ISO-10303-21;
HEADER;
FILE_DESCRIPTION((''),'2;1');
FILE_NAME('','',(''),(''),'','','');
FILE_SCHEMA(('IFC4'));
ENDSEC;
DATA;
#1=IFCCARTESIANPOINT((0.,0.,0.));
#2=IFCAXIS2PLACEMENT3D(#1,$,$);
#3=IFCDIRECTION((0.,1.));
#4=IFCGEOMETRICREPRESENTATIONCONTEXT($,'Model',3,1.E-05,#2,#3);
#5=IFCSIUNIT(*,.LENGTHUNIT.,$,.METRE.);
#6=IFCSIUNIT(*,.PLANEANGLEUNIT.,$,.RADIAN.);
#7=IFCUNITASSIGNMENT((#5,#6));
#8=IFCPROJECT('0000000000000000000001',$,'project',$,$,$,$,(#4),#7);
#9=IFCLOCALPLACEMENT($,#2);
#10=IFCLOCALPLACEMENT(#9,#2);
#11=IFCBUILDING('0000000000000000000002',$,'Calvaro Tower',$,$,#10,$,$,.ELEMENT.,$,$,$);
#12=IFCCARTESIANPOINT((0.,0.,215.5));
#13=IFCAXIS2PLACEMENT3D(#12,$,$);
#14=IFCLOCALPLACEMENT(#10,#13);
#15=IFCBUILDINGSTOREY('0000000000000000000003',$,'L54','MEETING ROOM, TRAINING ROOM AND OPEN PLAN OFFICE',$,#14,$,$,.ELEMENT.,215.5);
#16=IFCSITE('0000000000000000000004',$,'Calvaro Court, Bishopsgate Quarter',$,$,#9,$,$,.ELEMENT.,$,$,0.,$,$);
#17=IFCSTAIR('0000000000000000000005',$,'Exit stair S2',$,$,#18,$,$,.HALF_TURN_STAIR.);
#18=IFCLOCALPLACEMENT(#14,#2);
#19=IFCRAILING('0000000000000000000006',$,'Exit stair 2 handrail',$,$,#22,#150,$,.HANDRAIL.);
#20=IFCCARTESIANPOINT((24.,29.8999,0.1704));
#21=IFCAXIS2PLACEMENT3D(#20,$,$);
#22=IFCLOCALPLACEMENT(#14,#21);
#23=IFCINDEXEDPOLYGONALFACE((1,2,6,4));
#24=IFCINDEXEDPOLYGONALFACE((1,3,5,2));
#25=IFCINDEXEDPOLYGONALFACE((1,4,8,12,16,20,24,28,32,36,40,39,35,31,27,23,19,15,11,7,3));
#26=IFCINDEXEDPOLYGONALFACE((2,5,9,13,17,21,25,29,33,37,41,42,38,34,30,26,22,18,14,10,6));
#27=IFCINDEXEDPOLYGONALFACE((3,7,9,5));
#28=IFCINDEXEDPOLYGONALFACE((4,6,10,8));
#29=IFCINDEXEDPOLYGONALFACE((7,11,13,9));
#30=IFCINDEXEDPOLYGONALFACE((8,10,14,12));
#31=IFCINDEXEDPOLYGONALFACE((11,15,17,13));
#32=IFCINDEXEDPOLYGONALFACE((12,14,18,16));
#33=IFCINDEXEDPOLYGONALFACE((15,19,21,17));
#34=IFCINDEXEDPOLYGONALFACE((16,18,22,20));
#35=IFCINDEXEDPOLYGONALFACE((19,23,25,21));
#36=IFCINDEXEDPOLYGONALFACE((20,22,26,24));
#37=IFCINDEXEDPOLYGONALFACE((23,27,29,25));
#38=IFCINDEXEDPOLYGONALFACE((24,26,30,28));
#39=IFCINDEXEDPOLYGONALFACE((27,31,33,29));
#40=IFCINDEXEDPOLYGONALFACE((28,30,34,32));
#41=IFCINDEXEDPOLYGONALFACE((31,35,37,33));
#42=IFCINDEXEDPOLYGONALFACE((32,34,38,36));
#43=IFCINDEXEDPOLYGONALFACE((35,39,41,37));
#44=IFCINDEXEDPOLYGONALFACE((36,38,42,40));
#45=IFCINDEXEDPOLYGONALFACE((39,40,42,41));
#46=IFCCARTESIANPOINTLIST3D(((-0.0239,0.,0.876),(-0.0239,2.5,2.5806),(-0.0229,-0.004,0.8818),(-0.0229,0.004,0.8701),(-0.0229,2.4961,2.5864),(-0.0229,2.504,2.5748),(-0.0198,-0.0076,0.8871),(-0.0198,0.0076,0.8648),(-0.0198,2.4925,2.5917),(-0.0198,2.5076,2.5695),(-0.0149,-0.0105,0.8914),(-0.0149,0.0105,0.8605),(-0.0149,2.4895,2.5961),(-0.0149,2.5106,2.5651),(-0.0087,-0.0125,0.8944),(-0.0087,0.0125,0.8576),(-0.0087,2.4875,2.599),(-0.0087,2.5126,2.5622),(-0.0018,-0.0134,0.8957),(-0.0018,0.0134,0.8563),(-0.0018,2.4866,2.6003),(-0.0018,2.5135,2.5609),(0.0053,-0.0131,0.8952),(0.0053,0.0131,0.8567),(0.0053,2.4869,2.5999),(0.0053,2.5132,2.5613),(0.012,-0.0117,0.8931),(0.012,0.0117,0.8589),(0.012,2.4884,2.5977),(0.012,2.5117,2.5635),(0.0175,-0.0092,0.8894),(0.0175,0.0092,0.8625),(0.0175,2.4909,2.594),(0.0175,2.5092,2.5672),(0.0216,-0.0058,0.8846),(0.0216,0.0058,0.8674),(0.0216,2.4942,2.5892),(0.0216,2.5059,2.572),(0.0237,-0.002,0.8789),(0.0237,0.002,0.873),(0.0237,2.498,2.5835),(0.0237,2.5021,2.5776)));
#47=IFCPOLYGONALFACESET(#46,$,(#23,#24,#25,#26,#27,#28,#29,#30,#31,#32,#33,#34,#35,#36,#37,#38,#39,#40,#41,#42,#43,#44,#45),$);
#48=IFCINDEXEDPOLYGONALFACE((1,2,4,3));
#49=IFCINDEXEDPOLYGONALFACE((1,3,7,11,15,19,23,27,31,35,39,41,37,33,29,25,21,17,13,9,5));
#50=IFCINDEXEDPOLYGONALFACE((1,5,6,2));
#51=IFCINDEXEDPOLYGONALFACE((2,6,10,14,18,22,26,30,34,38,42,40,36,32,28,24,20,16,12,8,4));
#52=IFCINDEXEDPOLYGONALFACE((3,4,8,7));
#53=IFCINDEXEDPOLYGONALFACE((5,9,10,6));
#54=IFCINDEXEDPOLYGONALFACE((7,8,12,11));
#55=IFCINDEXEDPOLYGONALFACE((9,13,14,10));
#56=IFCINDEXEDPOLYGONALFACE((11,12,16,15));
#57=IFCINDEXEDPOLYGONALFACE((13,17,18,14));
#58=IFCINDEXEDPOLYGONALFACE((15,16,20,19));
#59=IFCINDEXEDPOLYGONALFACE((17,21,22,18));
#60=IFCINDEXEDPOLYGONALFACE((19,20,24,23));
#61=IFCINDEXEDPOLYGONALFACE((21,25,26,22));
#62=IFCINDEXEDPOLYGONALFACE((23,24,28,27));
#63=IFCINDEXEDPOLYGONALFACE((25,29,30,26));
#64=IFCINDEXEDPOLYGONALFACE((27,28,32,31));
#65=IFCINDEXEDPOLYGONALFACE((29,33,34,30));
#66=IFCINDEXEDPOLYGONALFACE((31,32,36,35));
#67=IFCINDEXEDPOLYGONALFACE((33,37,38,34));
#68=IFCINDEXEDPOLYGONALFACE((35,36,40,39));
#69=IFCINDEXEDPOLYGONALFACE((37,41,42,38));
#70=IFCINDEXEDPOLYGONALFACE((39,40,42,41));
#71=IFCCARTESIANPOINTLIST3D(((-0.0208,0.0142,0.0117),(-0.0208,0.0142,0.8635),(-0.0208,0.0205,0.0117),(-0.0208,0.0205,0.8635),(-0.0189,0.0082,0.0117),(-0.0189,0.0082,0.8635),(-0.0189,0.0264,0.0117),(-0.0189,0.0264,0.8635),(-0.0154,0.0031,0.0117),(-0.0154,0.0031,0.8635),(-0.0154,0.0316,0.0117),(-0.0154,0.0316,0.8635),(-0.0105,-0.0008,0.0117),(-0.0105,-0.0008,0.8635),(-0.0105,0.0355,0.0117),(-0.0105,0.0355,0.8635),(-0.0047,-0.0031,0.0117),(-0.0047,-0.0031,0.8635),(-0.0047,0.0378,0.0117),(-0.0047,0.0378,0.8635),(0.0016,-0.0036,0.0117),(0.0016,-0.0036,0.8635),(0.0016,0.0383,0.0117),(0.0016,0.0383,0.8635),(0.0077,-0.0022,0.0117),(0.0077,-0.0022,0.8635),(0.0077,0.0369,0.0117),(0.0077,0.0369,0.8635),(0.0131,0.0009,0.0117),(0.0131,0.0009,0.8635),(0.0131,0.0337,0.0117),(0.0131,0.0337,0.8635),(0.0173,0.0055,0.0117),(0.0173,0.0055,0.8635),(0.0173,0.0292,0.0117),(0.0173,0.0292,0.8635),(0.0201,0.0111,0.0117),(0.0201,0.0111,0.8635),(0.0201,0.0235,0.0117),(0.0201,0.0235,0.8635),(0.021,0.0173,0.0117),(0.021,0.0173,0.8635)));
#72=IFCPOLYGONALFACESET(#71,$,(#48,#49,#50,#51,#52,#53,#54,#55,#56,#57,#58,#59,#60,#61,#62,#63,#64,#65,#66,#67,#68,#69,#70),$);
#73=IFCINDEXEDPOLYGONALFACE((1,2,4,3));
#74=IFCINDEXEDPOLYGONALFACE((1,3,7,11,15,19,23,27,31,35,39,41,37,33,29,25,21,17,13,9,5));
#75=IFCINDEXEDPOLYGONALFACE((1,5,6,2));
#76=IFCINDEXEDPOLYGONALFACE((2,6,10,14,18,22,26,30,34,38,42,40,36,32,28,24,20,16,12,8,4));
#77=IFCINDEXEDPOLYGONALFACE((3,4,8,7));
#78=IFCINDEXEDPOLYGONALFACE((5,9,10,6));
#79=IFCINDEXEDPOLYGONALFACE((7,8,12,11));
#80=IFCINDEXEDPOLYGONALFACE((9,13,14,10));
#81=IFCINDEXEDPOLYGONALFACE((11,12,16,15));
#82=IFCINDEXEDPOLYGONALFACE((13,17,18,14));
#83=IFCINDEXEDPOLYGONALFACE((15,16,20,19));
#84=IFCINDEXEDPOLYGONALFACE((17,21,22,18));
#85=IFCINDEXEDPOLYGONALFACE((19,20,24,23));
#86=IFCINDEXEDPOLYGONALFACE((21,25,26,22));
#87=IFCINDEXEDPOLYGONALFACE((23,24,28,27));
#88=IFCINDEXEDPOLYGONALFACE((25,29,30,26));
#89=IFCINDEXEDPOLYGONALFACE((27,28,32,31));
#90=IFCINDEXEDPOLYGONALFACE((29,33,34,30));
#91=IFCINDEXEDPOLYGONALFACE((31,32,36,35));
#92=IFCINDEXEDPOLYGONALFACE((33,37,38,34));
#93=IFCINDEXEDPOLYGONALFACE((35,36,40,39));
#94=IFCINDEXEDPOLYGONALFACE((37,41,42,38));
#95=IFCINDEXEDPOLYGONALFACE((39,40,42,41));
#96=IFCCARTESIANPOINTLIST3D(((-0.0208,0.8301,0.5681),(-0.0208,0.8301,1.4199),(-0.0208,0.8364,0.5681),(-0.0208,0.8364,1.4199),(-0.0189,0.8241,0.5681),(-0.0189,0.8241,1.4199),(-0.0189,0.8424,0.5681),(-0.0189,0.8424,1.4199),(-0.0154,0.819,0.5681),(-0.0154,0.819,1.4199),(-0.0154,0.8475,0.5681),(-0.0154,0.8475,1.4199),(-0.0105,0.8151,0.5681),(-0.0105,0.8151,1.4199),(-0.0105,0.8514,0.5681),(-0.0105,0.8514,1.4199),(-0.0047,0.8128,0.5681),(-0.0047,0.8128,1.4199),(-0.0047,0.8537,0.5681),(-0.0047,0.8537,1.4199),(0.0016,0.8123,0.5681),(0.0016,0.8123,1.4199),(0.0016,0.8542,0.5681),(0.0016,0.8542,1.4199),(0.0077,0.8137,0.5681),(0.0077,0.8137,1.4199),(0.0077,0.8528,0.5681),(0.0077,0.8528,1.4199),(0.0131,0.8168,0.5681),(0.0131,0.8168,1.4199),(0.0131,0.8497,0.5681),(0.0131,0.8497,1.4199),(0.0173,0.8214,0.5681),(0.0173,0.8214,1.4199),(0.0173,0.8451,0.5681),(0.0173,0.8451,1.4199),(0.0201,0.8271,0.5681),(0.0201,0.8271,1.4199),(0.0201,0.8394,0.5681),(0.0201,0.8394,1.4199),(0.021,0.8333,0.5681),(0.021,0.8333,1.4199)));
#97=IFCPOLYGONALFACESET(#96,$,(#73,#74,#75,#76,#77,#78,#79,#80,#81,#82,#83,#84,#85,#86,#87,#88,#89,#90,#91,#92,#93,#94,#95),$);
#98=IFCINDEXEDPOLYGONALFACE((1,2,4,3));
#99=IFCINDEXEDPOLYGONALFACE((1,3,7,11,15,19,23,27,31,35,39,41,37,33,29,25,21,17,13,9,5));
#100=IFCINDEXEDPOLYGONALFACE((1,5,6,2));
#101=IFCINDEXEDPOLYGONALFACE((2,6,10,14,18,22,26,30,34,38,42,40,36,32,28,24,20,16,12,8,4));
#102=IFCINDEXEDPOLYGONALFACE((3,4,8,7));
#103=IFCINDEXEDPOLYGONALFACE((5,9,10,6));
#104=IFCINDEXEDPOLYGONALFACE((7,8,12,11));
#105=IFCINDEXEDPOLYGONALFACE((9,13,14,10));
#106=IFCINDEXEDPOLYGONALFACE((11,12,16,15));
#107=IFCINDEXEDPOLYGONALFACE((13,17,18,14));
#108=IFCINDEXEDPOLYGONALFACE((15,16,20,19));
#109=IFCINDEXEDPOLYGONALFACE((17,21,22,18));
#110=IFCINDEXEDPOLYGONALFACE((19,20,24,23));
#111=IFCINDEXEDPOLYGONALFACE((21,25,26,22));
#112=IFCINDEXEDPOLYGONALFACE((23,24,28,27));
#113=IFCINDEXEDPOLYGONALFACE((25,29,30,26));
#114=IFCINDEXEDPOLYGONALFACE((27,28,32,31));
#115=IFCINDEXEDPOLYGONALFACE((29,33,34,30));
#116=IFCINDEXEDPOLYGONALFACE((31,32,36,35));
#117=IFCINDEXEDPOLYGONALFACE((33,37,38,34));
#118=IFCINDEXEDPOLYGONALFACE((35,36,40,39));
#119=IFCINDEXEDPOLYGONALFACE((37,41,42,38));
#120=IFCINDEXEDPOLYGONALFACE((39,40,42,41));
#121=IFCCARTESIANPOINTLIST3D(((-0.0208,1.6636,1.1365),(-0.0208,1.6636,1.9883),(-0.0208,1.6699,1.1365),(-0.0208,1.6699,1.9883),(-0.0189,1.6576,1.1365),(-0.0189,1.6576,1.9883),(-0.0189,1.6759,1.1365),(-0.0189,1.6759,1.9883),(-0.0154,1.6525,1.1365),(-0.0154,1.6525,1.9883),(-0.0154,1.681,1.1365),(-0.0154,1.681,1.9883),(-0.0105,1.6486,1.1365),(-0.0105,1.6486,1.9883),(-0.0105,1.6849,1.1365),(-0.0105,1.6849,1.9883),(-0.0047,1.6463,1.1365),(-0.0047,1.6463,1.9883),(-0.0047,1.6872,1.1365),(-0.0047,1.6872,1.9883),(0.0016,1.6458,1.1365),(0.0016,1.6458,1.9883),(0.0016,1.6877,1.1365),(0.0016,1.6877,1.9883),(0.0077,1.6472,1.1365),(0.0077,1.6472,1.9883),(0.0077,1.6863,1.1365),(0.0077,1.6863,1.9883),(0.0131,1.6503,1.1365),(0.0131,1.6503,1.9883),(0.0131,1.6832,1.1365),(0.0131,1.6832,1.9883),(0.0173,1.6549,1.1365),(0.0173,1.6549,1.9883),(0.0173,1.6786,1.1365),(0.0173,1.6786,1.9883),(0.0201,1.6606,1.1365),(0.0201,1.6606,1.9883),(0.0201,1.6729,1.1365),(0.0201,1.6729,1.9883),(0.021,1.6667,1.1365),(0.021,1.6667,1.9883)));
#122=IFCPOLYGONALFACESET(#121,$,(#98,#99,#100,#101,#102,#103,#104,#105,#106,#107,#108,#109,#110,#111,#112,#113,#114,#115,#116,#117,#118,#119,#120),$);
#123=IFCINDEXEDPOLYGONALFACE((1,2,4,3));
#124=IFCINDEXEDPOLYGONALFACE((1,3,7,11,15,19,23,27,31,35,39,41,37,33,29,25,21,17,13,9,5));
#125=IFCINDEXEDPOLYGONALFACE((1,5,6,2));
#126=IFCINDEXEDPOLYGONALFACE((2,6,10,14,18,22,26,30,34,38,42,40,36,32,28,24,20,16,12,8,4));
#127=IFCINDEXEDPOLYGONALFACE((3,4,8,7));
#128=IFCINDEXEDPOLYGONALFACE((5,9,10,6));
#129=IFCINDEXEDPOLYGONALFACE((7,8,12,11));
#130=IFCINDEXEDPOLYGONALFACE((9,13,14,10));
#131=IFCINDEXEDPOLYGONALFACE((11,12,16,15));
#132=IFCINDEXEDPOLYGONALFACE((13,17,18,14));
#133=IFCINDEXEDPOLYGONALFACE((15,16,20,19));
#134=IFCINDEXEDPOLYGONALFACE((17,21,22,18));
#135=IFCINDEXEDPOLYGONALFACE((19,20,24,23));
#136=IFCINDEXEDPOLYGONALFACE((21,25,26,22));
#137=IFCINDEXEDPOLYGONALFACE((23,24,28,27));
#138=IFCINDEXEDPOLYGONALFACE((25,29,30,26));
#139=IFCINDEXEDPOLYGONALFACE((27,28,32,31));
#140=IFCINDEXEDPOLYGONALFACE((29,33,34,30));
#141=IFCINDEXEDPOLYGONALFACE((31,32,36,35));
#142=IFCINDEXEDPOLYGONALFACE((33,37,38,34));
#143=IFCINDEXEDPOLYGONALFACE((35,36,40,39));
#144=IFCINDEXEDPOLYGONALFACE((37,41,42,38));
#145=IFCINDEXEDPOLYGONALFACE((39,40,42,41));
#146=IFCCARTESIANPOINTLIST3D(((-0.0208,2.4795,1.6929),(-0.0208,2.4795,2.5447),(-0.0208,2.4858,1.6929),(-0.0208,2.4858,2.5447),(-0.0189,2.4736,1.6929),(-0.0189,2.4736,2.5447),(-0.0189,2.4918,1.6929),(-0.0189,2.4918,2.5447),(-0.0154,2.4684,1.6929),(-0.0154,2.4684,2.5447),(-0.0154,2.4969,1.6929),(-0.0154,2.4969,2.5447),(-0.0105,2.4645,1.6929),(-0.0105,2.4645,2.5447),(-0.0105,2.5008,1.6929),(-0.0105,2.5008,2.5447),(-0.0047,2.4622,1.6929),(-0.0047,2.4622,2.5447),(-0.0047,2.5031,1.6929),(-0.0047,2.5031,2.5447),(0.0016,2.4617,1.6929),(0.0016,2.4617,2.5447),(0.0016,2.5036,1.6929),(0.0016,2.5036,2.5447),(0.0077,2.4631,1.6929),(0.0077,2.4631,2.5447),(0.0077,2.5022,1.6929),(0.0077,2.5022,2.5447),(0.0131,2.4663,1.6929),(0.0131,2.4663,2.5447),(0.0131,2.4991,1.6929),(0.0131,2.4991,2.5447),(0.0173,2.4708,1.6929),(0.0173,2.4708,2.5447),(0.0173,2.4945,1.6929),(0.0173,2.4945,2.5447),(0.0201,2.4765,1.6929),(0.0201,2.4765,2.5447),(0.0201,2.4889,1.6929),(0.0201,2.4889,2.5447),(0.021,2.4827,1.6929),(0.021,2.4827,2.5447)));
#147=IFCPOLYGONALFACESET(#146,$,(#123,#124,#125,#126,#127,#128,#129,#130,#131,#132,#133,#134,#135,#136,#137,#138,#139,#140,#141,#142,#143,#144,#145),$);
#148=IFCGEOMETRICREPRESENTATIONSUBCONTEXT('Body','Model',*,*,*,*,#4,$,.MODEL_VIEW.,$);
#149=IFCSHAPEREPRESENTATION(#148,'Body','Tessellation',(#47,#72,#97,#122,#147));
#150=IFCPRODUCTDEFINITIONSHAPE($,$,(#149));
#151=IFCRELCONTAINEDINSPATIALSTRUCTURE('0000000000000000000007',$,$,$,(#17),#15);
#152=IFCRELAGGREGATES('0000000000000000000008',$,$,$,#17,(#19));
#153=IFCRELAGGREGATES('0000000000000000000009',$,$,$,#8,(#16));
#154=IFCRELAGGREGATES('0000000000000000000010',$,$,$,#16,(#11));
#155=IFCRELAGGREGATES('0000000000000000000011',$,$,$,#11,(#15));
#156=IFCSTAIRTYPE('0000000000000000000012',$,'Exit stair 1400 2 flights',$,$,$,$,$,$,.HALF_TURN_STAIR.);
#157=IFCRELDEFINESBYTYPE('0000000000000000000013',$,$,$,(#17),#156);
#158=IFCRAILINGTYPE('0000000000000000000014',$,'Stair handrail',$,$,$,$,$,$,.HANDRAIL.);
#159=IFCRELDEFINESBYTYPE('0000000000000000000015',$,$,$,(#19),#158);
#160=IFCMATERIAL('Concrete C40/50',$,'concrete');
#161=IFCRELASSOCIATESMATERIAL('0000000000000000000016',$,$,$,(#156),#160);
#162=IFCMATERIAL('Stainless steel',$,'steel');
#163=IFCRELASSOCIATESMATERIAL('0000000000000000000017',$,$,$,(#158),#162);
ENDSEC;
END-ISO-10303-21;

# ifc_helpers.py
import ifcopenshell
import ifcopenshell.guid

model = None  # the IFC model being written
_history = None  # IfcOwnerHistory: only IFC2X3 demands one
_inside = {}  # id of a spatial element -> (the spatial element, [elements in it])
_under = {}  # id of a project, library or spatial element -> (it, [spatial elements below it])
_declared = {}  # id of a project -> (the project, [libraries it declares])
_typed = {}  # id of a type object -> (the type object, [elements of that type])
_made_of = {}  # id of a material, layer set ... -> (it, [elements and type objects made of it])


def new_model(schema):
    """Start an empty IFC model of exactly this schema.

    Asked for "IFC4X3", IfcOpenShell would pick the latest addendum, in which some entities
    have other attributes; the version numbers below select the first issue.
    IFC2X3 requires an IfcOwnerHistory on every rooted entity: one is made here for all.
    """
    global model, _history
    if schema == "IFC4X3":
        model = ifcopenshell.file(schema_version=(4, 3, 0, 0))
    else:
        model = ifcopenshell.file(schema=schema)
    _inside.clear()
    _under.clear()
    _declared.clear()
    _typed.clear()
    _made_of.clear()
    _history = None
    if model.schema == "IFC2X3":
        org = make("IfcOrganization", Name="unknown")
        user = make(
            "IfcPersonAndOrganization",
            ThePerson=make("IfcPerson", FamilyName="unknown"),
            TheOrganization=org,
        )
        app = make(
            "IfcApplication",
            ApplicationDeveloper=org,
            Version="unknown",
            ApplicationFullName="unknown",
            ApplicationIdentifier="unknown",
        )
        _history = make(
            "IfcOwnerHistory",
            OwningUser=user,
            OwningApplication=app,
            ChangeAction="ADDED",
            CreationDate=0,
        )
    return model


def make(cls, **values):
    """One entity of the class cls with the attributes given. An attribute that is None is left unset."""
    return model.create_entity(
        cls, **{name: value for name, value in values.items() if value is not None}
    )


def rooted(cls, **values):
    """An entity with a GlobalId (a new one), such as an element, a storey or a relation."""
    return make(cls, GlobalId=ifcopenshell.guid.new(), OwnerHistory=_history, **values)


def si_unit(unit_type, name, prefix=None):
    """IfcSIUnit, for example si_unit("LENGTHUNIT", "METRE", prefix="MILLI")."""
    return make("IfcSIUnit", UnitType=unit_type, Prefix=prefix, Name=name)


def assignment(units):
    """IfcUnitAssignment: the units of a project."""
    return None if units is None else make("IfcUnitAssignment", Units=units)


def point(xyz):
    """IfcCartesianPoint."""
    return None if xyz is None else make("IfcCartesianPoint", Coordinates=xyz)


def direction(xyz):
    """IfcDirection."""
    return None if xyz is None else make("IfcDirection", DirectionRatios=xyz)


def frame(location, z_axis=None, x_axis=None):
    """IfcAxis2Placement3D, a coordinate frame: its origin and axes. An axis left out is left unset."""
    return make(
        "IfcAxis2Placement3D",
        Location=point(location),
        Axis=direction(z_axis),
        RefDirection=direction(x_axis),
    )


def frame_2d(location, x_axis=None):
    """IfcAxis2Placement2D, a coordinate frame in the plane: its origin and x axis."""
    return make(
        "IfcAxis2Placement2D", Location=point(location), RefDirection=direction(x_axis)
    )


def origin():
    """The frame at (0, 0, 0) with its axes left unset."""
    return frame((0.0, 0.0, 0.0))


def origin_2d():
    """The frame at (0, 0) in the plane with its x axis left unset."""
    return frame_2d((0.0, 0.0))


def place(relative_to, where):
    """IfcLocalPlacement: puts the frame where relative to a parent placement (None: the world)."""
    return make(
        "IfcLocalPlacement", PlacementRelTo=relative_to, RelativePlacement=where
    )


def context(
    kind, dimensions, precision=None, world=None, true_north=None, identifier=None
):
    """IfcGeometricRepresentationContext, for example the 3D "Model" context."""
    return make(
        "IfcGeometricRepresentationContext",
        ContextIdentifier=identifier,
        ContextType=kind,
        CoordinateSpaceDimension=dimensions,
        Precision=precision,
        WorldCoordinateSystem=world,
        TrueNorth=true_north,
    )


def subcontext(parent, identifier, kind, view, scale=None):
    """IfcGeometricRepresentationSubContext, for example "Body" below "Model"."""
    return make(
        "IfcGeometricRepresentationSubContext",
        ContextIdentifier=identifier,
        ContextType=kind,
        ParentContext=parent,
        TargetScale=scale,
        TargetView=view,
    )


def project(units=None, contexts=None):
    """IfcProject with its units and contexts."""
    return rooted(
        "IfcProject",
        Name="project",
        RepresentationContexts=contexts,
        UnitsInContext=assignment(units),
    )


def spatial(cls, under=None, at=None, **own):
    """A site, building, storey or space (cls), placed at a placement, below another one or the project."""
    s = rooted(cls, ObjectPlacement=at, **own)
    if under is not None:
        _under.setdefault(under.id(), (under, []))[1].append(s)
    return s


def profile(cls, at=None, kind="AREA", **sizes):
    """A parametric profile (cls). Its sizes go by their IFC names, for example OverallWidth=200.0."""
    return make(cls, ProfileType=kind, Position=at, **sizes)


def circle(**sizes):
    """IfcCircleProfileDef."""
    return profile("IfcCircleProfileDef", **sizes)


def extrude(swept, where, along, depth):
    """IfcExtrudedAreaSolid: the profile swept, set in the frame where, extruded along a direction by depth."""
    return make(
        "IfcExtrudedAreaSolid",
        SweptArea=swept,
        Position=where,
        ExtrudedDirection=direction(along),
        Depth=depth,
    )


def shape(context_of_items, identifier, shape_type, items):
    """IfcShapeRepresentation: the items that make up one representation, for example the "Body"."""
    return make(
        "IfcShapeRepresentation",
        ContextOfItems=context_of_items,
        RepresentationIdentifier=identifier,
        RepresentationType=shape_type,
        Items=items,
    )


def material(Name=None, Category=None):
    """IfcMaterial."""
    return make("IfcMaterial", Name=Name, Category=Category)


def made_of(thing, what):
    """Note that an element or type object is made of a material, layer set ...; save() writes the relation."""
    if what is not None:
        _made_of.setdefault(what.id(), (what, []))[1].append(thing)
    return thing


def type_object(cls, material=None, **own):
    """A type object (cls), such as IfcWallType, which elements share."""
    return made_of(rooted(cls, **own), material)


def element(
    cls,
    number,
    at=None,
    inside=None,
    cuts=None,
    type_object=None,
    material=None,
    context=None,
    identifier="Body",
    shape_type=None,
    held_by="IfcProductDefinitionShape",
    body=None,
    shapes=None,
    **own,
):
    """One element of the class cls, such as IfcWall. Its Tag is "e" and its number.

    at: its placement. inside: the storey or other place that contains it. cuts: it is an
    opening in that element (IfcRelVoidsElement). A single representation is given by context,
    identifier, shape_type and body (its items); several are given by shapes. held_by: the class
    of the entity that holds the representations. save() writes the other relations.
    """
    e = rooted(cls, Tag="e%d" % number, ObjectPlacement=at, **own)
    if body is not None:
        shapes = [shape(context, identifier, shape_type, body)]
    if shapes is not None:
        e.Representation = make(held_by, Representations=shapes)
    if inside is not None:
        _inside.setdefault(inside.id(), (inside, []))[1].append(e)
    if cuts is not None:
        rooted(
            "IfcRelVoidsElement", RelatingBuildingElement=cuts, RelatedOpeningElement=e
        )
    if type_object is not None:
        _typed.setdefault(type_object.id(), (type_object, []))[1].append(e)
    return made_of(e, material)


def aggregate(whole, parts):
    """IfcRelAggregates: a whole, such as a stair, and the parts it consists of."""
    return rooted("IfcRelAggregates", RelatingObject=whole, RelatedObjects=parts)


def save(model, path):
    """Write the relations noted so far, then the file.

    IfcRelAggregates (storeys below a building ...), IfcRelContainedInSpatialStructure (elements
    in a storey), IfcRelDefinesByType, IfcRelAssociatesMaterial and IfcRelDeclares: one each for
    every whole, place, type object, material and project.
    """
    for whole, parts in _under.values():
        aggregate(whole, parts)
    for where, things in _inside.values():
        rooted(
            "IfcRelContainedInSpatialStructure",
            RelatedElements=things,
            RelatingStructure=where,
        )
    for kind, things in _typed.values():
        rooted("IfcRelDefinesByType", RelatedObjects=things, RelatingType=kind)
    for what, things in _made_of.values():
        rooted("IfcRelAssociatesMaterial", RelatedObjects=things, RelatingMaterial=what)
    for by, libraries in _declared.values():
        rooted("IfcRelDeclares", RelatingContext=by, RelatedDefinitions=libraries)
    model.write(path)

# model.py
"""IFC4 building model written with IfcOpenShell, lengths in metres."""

from ifc_helpers import new_model, si_unit, direction, frame, origin, origin_2d, place, context, subcontext, project, spatial, circle, extrude, material, type_object, element, aggregate, save


model = new_model("IFC4")

# Units and contexts
model_context = context("Model", 3, precision=1e-05, world=origin(), true_north=direction((0.0, 1.0)))
body_context = subcontext(model_context, "Body", "Model", "MODEL_VIEW")
ifc_project = project(units=[si_unit("LENGTHUNIT", "METRE"), si_unit("PLANEANGLEUNIT", "RADIAN")], contexts=[model_context])

# Site, building, storey
site_placement = place(None, origin())
site = spatial("IfcSite", under=ifc_project, at=site_placement, Name="Calvaro Court, Bishopsgate Quarter", CompositionType="ELEMENT", RefElevation=0.0)
building_placement = place(site_placement, origin())
building = spatial("IfcBuilding", under=site, at=building_placement, Name="Calvaro Tower", CompositionType="ELEMENT")
storey_placement = place(building_placement, frame((0.0, 0.0, 215.5)))
storey = spatial("IfcBuildingStorey", under=building, at=storey_placement, Name="L54", Description="MEETING ROOM, TRAINING ROOM AND OPEN PLAN OFFICE", CompositionType="ELEMENT", Elevation=215.5)

# Stair, railing
ifc_material_1 = material(Name="Concrete C40/50", Category="concrete")
stair_type = type_object("IfcStairType", Name="Exit stair 1400 2 flights", PredefinedType="HALF_TURN_STAIR", material=ifc_material_1)
stair_placement = place(storey_placement, origin())
stair = element("IfcStair", 1, at=stair_placement, inside=storey, type_object=stair_type, Name="Exit stair S2", PredefinedType="HALF_TURN_STAIR")
ifc_material_2 = material(Name="Stainless steel", Category="steel")
railing_type = type_object("IfcRailingType", Name="Stair handrail", PredefinedType="HANDRAIL", material=ifc_material_2)
railing_placement = place(storey_placement, frame((24.0, 29.8999, 0.1704)))
railing = element("IfcRailing", 2, at=railing_placement, type_object=railing_type, Name="Exit stair 2 handrail", PredefinedType="HANDRAIL", context=body_context, shape_type="SweptSolid", body=[
    extrude(circle(Radius=0.0239, at=origin_2d()), frame((0.0, 0.0, 0.876), z_axis=(0.0, 0.826221, 0.563347), x_axis=(-1.0, 0.0, 0.0)), (0.0, 0.0, 1.0), 3.0259),
    extrude(circle(Radius=0.021, at=origin_2d()), frame((0.0, 0.0173, 0.0117)), (0.0, 0.0, 1.0), 0.8518),
    extrude(circle(Radius=0.021, at=origin_2d()), frame((0.0, 0.8333, 0.5681)), (0.0, 0.0, 1.0), 0.8518),
    extrude(circle(Radius=0.021, at=origin_2d()), frame((0.0, 1.6667, 1.1365)), (0.0, 0.0, 1.0), 0.8518),
    extrude(circle(Radius=0.021, at=origin_2d()), frame((0.0, 2.4827, 1.6929)), (0.0, 0.0, 1.0), 0.8518),
])
aggregate(stair, [railing])

save(model, "model.ifc")
